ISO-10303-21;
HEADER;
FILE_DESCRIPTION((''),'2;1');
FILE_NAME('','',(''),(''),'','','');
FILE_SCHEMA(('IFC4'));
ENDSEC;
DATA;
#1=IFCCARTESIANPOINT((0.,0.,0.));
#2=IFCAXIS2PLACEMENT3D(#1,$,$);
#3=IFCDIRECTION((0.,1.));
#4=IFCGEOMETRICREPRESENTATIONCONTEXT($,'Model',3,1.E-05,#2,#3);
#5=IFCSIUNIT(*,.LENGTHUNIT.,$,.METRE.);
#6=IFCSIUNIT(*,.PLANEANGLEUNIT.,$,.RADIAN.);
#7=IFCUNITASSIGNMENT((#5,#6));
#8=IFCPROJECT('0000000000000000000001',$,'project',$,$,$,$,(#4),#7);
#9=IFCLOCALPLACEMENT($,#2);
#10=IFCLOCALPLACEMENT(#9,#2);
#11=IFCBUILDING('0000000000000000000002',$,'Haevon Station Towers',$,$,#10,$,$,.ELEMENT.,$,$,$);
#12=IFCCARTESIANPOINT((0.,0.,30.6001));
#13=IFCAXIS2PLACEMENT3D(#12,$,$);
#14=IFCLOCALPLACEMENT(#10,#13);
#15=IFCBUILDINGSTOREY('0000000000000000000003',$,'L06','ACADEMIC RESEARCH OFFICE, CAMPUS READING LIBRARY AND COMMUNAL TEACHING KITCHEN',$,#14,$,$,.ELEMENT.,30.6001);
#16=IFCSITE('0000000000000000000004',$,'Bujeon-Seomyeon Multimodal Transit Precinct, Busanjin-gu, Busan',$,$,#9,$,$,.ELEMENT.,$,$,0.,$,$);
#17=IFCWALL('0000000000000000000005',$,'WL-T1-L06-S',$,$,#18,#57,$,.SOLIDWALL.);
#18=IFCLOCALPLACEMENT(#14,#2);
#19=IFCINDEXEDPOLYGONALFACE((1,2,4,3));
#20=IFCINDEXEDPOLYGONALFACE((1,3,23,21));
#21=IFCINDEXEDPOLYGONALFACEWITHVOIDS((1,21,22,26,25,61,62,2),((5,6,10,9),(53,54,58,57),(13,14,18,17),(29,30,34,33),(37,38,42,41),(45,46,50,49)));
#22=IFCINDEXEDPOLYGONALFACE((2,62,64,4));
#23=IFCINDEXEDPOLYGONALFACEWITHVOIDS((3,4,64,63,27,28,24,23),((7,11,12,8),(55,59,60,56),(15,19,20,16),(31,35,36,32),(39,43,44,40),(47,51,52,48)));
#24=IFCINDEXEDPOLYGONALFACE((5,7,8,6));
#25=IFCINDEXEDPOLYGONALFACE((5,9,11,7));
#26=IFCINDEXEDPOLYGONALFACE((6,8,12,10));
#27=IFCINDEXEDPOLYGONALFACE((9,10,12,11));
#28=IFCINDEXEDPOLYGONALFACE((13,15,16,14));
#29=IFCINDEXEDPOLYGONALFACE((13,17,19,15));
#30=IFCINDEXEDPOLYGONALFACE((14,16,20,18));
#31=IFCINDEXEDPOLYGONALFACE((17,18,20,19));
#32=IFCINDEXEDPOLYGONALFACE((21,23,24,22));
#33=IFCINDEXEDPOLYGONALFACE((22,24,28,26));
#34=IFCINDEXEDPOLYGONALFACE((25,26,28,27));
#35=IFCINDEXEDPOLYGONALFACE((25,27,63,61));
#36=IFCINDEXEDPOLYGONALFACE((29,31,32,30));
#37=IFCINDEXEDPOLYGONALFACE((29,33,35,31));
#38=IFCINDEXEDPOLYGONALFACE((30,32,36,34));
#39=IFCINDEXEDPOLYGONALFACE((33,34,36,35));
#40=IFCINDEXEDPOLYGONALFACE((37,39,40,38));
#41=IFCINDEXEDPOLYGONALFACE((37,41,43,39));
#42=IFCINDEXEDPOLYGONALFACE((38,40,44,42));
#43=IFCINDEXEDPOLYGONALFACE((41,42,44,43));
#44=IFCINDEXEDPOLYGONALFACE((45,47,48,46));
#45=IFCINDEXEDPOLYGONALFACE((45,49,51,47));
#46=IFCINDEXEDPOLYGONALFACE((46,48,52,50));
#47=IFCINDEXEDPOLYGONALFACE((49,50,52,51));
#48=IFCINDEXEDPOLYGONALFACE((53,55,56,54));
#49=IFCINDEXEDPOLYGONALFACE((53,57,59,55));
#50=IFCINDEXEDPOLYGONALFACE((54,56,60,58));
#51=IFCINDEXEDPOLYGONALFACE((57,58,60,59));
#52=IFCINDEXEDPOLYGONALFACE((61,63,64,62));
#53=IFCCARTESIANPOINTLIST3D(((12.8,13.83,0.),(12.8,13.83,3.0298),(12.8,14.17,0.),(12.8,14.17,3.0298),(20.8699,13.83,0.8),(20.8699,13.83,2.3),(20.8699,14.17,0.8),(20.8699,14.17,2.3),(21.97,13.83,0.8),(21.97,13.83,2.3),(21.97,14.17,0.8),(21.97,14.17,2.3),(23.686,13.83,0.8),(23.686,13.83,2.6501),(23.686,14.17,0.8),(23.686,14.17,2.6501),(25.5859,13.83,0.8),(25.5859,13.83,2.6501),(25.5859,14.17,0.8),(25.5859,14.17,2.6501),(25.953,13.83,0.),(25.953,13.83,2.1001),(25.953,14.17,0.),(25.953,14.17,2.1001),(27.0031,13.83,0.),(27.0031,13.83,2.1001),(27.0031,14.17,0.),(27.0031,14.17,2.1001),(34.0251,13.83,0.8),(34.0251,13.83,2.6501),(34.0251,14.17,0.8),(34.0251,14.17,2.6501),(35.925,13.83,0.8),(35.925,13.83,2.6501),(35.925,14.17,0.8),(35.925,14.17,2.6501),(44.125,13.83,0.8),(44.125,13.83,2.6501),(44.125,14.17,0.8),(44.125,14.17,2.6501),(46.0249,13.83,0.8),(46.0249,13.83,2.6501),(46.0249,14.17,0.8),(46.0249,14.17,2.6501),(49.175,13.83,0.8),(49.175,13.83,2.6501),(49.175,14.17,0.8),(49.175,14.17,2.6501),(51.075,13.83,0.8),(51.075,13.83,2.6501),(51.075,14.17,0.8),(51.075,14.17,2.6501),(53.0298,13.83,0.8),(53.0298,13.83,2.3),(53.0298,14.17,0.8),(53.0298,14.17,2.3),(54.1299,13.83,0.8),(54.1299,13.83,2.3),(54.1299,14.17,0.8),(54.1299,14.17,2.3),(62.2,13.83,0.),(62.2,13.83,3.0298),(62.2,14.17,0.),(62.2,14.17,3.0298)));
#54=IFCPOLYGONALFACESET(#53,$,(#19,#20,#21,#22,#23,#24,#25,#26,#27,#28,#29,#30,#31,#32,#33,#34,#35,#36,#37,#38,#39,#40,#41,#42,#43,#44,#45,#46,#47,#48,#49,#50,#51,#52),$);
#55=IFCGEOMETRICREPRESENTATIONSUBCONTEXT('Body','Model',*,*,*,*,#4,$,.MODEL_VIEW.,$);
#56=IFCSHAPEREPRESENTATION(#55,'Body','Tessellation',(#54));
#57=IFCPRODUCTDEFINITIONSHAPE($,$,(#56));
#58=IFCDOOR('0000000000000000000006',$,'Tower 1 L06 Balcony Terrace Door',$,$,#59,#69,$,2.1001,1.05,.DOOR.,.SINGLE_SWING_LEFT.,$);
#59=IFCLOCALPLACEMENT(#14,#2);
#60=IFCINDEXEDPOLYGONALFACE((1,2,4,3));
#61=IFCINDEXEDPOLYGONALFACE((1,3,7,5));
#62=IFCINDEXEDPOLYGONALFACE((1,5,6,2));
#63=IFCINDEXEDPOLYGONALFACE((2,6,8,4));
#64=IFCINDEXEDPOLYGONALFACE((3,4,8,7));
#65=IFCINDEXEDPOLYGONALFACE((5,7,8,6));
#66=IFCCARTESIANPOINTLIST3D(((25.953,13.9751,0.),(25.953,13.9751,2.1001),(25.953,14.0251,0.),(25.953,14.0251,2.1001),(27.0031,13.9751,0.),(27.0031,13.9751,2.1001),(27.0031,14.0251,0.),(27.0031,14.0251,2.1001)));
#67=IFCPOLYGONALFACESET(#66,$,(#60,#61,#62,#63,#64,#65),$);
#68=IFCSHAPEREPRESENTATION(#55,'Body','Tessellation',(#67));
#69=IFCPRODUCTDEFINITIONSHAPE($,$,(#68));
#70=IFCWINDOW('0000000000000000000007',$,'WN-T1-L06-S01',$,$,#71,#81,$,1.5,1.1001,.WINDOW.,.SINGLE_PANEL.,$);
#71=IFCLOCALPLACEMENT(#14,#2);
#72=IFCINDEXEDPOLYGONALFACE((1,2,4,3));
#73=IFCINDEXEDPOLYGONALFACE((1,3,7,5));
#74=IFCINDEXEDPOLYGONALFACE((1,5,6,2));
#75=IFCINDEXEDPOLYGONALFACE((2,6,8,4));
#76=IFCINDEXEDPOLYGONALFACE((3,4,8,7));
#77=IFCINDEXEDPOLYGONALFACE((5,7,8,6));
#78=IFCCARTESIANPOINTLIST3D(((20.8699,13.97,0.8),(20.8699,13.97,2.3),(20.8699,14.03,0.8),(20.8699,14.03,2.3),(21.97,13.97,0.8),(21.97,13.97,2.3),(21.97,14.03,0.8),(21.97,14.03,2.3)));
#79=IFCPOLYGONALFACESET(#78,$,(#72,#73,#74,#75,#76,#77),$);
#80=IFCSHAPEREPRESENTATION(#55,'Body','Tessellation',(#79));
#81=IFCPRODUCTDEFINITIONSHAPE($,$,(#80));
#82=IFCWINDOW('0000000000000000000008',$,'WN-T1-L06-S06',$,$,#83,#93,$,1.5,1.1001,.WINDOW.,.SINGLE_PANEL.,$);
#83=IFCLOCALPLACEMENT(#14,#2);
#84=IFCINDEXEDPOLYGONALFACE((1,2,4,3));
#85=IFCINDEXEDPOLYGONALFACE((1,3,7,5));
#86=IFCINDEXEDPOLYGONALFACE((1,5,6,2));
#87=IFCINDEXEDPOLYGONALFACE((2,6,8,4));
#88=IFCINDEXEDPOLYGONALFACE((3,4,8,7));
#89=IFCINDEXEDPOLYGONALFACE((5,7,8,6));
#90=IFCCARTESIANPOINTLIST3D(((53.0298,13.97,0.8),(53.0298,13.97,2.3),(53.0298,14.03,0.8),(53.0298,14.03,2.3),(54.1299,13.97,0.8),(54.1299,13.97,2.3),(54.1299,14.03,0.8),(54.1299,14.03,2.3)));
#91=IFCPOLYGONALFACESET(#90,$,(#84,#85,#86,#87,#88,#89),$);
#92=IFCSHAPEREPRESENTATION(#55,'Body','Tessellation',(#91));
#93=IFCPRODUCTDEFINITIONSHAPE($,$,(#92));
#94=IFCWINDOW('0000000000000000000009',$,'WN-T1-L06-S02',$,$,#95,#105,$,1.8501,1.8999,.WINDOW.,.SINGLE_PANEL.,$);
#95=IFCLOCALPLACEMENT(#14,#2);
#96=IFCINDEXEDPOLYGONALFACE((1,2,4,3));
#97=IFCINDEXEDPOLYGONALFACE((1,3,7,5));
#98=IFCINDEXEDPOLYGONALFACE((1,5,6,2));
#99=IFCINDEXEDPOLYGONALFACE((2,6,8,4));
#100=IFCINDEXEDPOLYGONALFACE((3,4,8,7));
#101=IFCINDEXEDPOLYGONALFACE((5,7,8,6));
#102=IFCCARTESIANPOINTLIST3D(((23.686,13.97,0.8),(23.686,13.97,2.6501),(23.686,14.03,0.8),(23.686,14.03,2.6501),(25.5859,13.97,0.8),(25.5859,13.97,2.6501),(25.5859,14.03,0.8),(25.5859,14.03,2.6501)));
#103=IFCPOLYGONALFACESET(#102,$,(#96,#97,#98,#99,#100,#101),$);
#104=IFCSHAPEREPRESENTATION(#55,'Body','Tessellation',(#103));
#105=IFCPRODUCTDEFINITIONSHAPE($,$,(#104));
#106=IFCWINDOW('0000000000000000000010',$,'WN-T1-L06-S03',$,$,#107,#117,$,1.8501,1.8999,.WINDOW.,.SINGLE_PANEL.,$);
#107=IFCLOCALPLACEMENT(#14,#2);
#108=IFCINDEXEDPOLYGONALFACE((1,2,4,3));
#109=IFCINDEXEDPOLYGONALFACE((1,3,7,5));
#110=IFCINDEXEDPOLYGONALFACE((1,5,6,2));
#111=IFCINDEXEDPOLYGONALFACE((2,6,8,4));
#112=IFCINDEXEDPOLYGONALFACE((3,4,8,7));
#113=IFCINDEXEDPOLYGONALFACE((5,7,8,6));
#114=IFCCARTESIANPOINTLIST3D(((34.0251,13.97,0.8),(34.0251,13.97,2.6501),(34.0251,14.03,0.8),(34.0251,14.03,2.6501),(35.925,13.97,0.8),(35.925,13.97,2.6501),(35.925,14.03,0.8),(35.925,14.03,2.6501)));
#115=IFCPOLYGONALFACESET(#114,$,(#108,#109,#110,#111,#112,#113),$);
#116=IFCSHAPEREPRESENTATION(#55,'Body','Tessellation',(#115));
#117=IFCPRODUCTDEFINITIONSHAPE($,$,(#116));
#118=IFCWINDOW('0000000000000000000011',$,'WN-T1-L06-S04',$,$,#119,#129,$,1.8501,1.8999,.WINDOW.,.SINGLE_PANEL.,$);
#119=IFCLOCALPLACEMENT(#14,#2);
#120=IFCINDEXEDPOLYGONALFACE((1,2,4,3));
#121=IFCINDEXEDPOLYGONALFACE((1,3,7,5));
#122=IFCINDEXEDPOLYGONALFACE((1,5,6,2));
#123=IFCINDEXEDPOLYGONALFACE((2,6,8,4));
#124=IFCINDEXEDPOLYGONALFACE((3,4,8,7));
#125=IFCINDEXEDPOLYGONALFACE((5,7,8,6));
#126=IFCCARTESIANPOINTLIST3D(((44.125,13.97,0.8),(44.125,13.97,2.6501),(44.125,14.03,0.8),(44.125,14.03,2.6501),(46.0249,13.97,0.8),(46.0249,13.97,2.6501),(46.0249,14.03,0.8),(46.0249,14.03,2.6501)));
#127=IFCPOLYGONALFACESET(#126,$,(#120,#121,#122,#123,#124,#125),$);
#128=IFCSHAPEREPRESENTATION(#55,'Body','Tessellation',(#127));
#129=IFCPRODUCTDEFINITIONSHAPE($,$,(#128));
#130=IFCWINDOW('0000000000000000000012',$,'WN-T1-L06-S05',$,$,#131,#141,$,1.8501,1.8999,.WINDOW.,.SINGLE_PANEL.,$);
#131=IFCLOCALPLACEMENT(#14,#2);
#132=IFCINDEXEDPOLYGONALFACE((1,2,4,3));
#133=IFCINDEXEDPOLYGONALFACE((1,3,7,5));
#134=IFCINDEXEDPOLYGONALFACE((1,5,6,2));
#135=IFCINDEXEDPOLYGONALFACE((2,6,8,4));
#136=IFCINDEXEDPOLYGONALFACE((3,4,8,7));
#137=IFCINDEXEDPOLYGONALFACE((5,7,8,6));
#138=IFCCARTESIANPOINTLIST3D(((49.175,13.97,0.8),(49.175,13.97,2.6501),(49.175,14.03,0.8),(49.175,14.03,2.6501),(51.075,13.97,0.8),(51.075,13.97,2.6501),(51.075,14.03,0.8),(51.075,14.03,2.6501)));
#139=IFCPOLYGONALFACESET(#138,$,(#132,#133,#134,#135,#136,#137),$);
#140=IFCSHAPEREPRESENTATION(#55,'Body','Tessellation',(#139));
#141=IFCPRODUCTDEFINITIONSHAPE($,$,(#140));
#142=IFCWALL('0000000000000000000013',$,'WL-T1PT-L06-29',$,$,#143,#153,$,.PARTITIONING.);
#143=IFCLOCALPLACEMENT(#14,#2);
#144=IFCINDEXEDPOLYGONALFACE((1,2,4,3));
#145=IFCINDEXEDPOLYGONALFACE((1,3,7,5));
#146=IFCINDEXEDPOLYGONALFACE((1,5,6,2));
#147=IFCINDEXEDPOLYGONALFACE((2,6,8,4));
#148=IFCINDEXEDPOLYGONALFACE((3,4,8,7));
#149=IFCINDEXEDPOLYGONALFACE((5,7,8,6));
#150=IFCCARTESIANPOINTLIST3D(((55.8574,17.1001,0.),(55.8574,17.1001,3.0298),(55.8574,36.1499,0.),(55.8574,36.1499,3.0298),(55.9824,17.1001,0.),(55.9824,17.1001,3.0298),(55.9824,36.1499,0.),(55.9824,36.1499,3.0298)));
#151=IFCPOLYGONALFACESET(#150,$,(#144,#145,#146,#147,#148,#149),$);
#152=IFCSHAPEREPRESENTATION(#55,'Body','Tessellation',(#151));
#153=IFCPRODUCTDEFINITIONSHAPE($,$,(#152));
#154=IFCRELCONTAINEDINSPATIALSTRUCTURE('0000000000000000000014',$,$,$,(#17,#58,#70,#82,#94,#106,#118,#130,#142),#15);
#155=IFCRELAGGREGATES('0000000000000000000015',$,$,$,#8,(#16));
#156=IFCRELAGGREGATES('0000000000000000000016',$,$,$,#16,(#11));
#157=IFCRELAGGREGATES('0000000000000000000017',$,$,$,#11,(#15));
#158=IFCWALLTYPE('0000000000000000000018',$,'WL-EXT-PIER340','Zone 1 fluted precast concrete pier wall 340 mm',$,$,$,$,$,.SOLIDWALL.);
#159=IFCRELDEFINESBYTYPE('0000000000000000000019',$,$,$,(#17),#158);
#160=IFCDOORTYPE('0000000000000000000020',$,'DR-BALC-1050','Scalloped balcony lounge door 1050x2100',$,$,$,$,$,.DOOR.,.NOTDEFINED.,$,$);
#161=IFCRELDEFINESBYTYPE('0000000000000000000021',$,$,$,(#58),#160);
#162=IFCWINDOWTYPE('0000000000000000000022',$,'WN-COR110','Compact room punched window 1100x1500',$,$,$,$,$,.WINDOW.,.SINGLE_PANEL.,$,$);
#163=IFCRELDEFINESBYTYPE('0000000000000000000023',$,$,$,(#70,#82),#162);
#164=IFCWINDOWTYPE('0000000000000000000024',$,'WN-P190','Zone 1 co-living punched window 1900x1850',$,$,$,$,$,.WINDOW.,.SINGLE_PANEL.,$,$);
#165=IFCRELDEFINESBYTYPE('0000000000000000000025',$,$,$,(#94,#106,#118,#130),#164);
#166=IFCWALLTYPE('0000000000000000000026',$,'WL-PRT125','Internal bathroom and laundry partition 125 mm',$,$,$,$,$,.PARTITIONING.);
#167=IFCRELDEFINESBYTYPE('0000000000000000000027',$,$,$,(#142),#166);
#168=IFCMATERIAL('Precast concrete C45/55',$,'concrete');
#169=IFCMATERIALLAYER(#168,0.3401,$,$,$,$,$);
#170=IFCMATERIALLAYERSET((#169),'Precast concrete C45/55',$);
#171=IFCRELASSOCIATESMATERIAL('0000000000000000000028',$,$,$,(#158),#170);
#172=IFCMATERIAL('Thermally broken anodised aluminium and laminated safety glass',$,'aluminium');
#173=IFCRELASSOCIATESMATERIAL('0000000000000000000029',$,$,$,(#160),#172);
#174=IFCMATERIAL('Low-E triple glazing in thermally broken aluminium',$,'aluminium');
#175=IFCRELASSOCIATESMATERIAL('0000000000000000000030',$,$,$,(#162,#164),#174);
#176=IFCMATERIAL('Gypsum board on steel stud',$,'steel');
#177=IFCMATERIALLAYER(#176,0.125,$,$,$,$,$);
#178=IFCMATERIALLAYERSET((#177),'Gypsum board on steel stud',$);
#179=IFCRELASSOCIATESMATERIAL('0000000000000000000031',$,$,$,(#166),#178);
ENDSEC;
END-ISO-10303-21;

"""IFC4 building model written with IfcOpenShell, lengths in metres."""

from ifc_helpers import new_model, si_unit, direction, frame, frame_2d, origin, place, context, subcontext, project, spatial, rectangle, extrude, material, layer, layer_set, type_object, element, fill, save


model = new_model("IFC4")

# Units and contexts
model_context = context("Model", 3, precision=1e-05, world=origin(), true_north=direction((0.0, 1.0)))
body_context = subcontext(model_context, "Body", "Model", "MODEL_VIEW")
ifc_project = project(units=[si_unit("LENGTHUNIT", "METRE"), si_unit("PLANEANGLEUNIT", "RADIAN")], contexts=[model_context])

# Site, building, storey
site_placement = place(None, origin())
site = spatial("IfcSite", under=ifc_project, at=site_placement, Name="Bujeon-Seomyeon Multimodal Transit Precinct, Busanjin-gu, Busan", CompositionType="ELEMENT", RefElevation=0.0)
building_placement = place(site_placement, origin())
building = spatial("IfcBuilding", under=site, at=building_placement, Name="Haevon Station Towers", CompositionType="ELEMENT")
storey_placement = place(building_placement, frame((0.0, 0.0, 30.6001)))
storey = spatial("IfcBuildingStorey", under=building, at=storey_placement, Name="L06", Description="ACADEMIC RESEARCH OFFICE, CAMPUS READING LIBRARY AND COMMUNAL TEACHING KITCHEN", CompositionType="ELEMENT", Elevation=30.6001)

# Wall, openings, door, windows
ifc_material_1 = material(Name="Precast concrete C45/55", Category="concrete")
ifc_layer_1 = layer(ifc_material_1, 0.3401)
ifc_layer_set_1 = layer_set([ifc_layer_1], Name="Precast concrete C45/55")
wall_type_1 = type_object("IfcWallType", Name="WL-EXT-PIER340", Description="Zone 1 fluted precast concrete pier wall 340 mm", PredefinedType="SOLIDWALL", material=ifc_layer_set_1)
wall_1_placement = place(storey_placement, frame((62.2, 14.0, 0.0), z_axis=(0.0, 0.0, 1.0), x_axis=(-1.0, 0.0, 0.0)))
wall_1 = element("IfcWall", 1, at=wall_1_placement, inside=storey, type_object=wall_type_1, Name="WL-T1-L06-S", PredefinedType="SOLIDWALL", context=body_context, shape_type="SweptSolid", body=[
    extrude(rectangle(XDim=49.3999, YDim=0.3401, at=frame_2d((24.7, 0.0))), origin(), (0.0, 0.0, 1.0), 3.0298),
])
opening_1_placement = place(wall_1_placement, frame((35.197, 0.0, 0.0)))
opening_1 = element("IfcOpeningElement", 2, at=opening_1_placement, cuts=wall_1, PredefinedType="OPENING", context=body_context, shape_type="SweptSolid", body=[
    extrude(rectangle(XDim=1.05, YDim=2.1001, at=frame_2d((0.5249, 1.05))), frame((0.0, 0.1799, 0.0), z_axis=(0.0, -1.0, 0.0), x_axis=(1.0, 0.0, 0.0)), (0.0, 0.0, 1.0), 0.3601),
])
opening_2_placement = place(wall_1_placement, frame((40.23, 0.0, 0.8)))
opening_2 = element("IfcOpeningElement", 3, at=opening_2_placement, cuts=wall_1, PredefinedType="OPENING", context=body_context, shape_type="SweptSolid", body=[
    extrude(rectangle(XDim=1.1001, YDim=1.5, at=frame_2d((0.55, 0.75))), frame((0.0, 0.1799, 0.0), z_axis=(0.0, -1.0, 0.0), x_axis=(1.0, 0.0, 0.0)), (0.0, 0.0, 1.0), 0.3601),
])
opening_3_placement = place(wall_1_placement, frame((36.614, 0.0, 0.8)))
opening_3 = element("IfcOpeningElement", 4, at=opening_3_placement, cuts=wall_1, PredefinedType="OPENING", context=body_context, shape_type="SweptSolid", body=[
    extrude(rectangle(XDim=1.8999, YDim=1.8501, at=frame_2d((0.95, 0.925))), frame((0.0, 0.1799, 0.0), z_axis=(0.0, -1.0, 0.0), x_axis=(1.0, 0.0, 0.0)), (0.0, 0.0, 1.0), 0.3601),
])
opening_4_placement = place(wall_1_placement, frame((26.2749, 0.0, 0.8)))
opening_4 = element("IfcOpeningElement", 5, at=opening_4_placement, cuts=wall_1, PredefinedType="OPENING", context=body_context, shape_type="SweptSolid", body=[
    extrude(rectangle(XDim=1.8999, YDim=1.8501, at=frame_2d((0.95, 0.925))), frame((0.0, 0.1799, 0.0), z_axis=(0.0, -1.0, 0.0), x_axis=(1.0, 0.0, 0.0)), (0.0, 0.0, 1.0), 0.3601),
])
opening_5_placement = place(wall_1_placement, frame((16.175, 0.0, 0.8)))
opening_5 = element("IfcOpeningElement", 6, at=opening_5_placement, cuts=wall_1, PredefinedType="OPENING", context=body_context, shape_type="SweptSolid", body=[
    extrude(rectangle(XDim=1.8999, YDim=1.8501, at=frame_2d((0.95, 0.925))), frame((0.0, 0.1799, 0.0), z_axis=(0.0, -1.0, 0.0), x_axis=(1.0, 0.0, 0.0)), (0.0, 0.0, 1.0), 0.3601),
])
opening_6_placement = place(wall_1_placement, frame((11.125, 0.0, 0.8)))
opening_6 = element("IfcOpeningElement", 7, at=opening_6_placement, cuts=wall_1, PredefinedType="OPENING", context=body_context, shape_type="SweptSolid", body=[
    extrude(rectangle(XDim=1.8999, YDim=1.8501, at=frame_2d((0.95, 0.925))), frame((0.0, 0.1799, 0.0), z_axis=(0.0, -1.0, 0.0), x_axis=(1.0, 0.0, 0.0)), (0.0, 0.0, 1.0), 0.3601),
])
opening_7_placement = place(wall_1_placement, frame((8.0701, 0.0, 0.8)))
opening_7 = element("IfcOpeningElement", 8, at=opening_7_placement, cuts=wall_1, PredefinedType="OPENING", context=body_context, shape_type="SweptSolid", body=[
    extrude(rectangle(XDim=1.1001, YDim=1.5, at=frame_2d((0.55, 0.75))), frame((0.0, 0.1799, 0.0), z_axis=(0.0, -1.0, 0.0), x_axis=(1.0, 0.0, 0.0)), (0.0, 0.0, 1.0), 0.3601),
])
ifc_material_2 = material(Name="Thermally broken anodised aluminium and laminated safety glass", Category="aluminium")
door_type_1 = type_object("IfcDoorType", Name="DR-BALC-1050", Description="Scalloped balcony lounge door 1050x2100", OperationType="NOTDEFINED", PredefinedType="DOOR", material=ifc_material_2)
door_1_placement = place(opening_1_placement, origin())
door_1 = element("IfcDoor", 9, at=door_1_placement, inside=storey, type_object=door_type_1, Name="Tower 1 L06 Balcony Terrace Door", OperationType="SINGLE_SWING_LEFT", OverallHeight=2.1001, OverallWidth=1.05, PredefinedType="DOOR", context=body_context, shape_type="SweptSolid", body=[
    extrude(rectangle(XDim=1.05, YDim=2.1001, at=frame_2d((0.5249, 1.05))), frame((0.0, 0.0249, 0.0), z_axis=(0.0, -1.0, 0.0), x_axis=(1.0, 0.0, 0.0)), (0.0, 0.0, 1.0), 0.05),
])
fill(opening_1, door_1)
ifc_material_3 = material(Name="Low-E triple glazing in thermally broken aluminium", Category="aluminium")
window_type_1 = type_object("IfcWindowType", Name="WN-COR110", Description="Compact room punched window 1100x1500", PartitioningType="SINGLE_PANEL", PredefinedType="WINDOW", material=ifc_material_3)
window_1_placement = place(opening_2_placement, origin())
window_1 = element("IfcWindow", 10, at=window_1_placement, inside=storey, type_object=window_type_1, Name="WN-T1-L06-S01", OverallHeight=1.5, OverallWidth=1.1001, PartitioningType="SINGLE_PANEL", PredefinedType="WINDOW", context=body_context, shape_type="SweptSolid", body=[
    extrude(rectangle(XDim=1.1001, YDim=1.5, at=frame_2d((0.55, 0.75))), frame((0.0, 0.03, 0.0), z_axis=(0.0, -1.0, 0.0), x_axis=(1.0, 0.0, 0.0)), (0.0, 0.0, 1.0), 0.0601),
])
fill(opening_2, window_1)
window_2_placement = place(opening_7_placement, origin())
window_2 = element("IfcWindow", 11, at=window_2_placement, inside=storey, type_object=window_type_1, Name="WN-T1-L06-S06", OverallHeight=1.5, OverallWidth=1.1001, PartitioningType="SINGLE_PANEL", PredefinedType="WINDOW", context=body_context, shape_type="SweptSolid", body=[
    extrude(rectangle(XDim=1.1001, YDim=1.5, at=frame_2d((0.55, 0.75))), frame((0.0, 0.03, 0.0), z_axis=(0.0, -1.0, 0.0), x_axis=(1.0, 0.0, 0.0)), (0.0, 0.0, 1.0), 0.0601),
])
fill(opening_7, window_2)
window_type_2 = type_object("IfcWindowType", Name="WN-P190", Description="Zone 1 co-living punched window 1900x1850", PartitioningType="SINGLE_PANEL", PredefinedType="WINDOW", material=ifc_material_3)
window_3_placement = place(opening_3_placement, origin())
window_3 = element("IfcWindow", 12, at=window_3_placement, inside=storey, type_object=window_type_2, Name="WN-T1-L06-S02", OverallHeight=1.8501, OverallWidth=1.8999, PartitioningType="SINGLE_PANEL", PredefinedType="WINDOW", context=body_context, shape_type="SweptSolid", body=[
    extrude(rectangle(XDim=1.8999, YDim=1.8501, at=frame_2d((0.95, 0.925))), frame((0.0, 0.03, 0.0), z_axis=(0.0, -1.0, 0.0), x_axis=(1.0, 0.0, 0.0)), (0.0, 0.0, 1.0), 0.0601),
])
fill(opening_3, window_3)
window_4_placement = place(opening_4_placement, origin())
window_4 = element("IfcWindow", 13, at=window_4_placement, inside=storey, type_object=window_type_2, Name="WN-T1-L06-S03", OverallHeight=1.8501, OverallWidth=1.8999, PartitioningType="SINGLE_PANEL", PredefinedType="WINDOW", context=body_context, shape_type="SweptSolid", body=[
    extrude(rectangle(XDim=1.8999, YDim=1.8501, at=frame_2d((0.95, 0.925))), frame((0.0, 0.03, 0.0), z_axis=(0.0, -1.0, 0.0), x_axis=(1.0, 0.0, 0.0)), (0.0, 0.0, 1.0), 0.0601),
])
fill(opening_4, window_4)
window_5_placement = place(opening_5_placement, origin())
window_5 = element("IfcWindow", 14, at=window_5_placement, inside=storey, type_object=window_type_2, Name="WN-T1-L06-S04", OverallHeight=1.8501, OverallWidth=1.8999, PartitioningType="SINGLE_PANEL", PredefinedType="WINDOW", context=body_context, shape_type="SweptSolid", body=[
    extrude(rectangle(XDim=1.8999, YDim=1.8501, at=frame_2d((0.95, 0.925))), frame((0.0, 0.03, 0.0), z_axis=(0.0, -1.0, 0.0), x_axis=(1.0, 0.0, 0.0)), (0.0, 0.0, 1.0), 0.0601),
])
fill(opening_5, window_5)
window_6_placement = place(opening_6_placement, origin())
window_6 = element("IfcWindow", 15, at=window_6_placement, inside=storey, type_object=window_type_2, Name="WN-T1-L06-S05", OverallHeight=1.8501, OverallWidth=1.8999, PartitioningType="SINGLE_PANEL", PredefinedType="WINDOW", context=body_context, shape_type="SweptSolid", body=[
    extrude(rectangle(XDim=1.8999, YDim=1.8501, at=frame_2d((0.95, 0.925))), frame((0.0, 0.03, 0.0), z_axis=(0.0, -1.0, 0.0), x_axis=(1.0, 0.0, 0.0)), (0.0, 0.0, 1.0), 0.0601),
])
fill(opening_6, window_6)

# Wall
ifc_material_4 = material(Name="Gypsum board on steel stud", Category="steel")
ifc_layer_2 = layer(ifc_material_4, 0.125)
ifc_layer_set_2 = layer_set([ifc_layer_2], Name="Gypsum board on steel stud")
wall_type_2 = type_object("IfcWallType", Name="WL-PRT125", Description="Internal bathroom and laundry partition 125 mm", PredefinedType="PARTITIONING", material=ifc_layer_set_2)
wall_2_placement = place(storey_placement, frame((55.9199, 17.1001, 0.0), z_axis=(0.0, 0.0, 1.0), x_axis=(0.0, 1.0, 0.0)))
element("IfcWall", 16, at=wall_2_placement, inside=storey, type_object=wall_type_2, Name="WL-T1PT-L06-29", PredefinedType="PARTITIONING", context=body_context, shape_type="SweptSolid", body=[
    extrude(rectangle(XDim=19.0498, YDim=0.125, at=frame_2d((9.5249, 0.0))), origin(), (0.0, 0.0, 1.0), 3.0298),
])

save(model, "model.ifc")
